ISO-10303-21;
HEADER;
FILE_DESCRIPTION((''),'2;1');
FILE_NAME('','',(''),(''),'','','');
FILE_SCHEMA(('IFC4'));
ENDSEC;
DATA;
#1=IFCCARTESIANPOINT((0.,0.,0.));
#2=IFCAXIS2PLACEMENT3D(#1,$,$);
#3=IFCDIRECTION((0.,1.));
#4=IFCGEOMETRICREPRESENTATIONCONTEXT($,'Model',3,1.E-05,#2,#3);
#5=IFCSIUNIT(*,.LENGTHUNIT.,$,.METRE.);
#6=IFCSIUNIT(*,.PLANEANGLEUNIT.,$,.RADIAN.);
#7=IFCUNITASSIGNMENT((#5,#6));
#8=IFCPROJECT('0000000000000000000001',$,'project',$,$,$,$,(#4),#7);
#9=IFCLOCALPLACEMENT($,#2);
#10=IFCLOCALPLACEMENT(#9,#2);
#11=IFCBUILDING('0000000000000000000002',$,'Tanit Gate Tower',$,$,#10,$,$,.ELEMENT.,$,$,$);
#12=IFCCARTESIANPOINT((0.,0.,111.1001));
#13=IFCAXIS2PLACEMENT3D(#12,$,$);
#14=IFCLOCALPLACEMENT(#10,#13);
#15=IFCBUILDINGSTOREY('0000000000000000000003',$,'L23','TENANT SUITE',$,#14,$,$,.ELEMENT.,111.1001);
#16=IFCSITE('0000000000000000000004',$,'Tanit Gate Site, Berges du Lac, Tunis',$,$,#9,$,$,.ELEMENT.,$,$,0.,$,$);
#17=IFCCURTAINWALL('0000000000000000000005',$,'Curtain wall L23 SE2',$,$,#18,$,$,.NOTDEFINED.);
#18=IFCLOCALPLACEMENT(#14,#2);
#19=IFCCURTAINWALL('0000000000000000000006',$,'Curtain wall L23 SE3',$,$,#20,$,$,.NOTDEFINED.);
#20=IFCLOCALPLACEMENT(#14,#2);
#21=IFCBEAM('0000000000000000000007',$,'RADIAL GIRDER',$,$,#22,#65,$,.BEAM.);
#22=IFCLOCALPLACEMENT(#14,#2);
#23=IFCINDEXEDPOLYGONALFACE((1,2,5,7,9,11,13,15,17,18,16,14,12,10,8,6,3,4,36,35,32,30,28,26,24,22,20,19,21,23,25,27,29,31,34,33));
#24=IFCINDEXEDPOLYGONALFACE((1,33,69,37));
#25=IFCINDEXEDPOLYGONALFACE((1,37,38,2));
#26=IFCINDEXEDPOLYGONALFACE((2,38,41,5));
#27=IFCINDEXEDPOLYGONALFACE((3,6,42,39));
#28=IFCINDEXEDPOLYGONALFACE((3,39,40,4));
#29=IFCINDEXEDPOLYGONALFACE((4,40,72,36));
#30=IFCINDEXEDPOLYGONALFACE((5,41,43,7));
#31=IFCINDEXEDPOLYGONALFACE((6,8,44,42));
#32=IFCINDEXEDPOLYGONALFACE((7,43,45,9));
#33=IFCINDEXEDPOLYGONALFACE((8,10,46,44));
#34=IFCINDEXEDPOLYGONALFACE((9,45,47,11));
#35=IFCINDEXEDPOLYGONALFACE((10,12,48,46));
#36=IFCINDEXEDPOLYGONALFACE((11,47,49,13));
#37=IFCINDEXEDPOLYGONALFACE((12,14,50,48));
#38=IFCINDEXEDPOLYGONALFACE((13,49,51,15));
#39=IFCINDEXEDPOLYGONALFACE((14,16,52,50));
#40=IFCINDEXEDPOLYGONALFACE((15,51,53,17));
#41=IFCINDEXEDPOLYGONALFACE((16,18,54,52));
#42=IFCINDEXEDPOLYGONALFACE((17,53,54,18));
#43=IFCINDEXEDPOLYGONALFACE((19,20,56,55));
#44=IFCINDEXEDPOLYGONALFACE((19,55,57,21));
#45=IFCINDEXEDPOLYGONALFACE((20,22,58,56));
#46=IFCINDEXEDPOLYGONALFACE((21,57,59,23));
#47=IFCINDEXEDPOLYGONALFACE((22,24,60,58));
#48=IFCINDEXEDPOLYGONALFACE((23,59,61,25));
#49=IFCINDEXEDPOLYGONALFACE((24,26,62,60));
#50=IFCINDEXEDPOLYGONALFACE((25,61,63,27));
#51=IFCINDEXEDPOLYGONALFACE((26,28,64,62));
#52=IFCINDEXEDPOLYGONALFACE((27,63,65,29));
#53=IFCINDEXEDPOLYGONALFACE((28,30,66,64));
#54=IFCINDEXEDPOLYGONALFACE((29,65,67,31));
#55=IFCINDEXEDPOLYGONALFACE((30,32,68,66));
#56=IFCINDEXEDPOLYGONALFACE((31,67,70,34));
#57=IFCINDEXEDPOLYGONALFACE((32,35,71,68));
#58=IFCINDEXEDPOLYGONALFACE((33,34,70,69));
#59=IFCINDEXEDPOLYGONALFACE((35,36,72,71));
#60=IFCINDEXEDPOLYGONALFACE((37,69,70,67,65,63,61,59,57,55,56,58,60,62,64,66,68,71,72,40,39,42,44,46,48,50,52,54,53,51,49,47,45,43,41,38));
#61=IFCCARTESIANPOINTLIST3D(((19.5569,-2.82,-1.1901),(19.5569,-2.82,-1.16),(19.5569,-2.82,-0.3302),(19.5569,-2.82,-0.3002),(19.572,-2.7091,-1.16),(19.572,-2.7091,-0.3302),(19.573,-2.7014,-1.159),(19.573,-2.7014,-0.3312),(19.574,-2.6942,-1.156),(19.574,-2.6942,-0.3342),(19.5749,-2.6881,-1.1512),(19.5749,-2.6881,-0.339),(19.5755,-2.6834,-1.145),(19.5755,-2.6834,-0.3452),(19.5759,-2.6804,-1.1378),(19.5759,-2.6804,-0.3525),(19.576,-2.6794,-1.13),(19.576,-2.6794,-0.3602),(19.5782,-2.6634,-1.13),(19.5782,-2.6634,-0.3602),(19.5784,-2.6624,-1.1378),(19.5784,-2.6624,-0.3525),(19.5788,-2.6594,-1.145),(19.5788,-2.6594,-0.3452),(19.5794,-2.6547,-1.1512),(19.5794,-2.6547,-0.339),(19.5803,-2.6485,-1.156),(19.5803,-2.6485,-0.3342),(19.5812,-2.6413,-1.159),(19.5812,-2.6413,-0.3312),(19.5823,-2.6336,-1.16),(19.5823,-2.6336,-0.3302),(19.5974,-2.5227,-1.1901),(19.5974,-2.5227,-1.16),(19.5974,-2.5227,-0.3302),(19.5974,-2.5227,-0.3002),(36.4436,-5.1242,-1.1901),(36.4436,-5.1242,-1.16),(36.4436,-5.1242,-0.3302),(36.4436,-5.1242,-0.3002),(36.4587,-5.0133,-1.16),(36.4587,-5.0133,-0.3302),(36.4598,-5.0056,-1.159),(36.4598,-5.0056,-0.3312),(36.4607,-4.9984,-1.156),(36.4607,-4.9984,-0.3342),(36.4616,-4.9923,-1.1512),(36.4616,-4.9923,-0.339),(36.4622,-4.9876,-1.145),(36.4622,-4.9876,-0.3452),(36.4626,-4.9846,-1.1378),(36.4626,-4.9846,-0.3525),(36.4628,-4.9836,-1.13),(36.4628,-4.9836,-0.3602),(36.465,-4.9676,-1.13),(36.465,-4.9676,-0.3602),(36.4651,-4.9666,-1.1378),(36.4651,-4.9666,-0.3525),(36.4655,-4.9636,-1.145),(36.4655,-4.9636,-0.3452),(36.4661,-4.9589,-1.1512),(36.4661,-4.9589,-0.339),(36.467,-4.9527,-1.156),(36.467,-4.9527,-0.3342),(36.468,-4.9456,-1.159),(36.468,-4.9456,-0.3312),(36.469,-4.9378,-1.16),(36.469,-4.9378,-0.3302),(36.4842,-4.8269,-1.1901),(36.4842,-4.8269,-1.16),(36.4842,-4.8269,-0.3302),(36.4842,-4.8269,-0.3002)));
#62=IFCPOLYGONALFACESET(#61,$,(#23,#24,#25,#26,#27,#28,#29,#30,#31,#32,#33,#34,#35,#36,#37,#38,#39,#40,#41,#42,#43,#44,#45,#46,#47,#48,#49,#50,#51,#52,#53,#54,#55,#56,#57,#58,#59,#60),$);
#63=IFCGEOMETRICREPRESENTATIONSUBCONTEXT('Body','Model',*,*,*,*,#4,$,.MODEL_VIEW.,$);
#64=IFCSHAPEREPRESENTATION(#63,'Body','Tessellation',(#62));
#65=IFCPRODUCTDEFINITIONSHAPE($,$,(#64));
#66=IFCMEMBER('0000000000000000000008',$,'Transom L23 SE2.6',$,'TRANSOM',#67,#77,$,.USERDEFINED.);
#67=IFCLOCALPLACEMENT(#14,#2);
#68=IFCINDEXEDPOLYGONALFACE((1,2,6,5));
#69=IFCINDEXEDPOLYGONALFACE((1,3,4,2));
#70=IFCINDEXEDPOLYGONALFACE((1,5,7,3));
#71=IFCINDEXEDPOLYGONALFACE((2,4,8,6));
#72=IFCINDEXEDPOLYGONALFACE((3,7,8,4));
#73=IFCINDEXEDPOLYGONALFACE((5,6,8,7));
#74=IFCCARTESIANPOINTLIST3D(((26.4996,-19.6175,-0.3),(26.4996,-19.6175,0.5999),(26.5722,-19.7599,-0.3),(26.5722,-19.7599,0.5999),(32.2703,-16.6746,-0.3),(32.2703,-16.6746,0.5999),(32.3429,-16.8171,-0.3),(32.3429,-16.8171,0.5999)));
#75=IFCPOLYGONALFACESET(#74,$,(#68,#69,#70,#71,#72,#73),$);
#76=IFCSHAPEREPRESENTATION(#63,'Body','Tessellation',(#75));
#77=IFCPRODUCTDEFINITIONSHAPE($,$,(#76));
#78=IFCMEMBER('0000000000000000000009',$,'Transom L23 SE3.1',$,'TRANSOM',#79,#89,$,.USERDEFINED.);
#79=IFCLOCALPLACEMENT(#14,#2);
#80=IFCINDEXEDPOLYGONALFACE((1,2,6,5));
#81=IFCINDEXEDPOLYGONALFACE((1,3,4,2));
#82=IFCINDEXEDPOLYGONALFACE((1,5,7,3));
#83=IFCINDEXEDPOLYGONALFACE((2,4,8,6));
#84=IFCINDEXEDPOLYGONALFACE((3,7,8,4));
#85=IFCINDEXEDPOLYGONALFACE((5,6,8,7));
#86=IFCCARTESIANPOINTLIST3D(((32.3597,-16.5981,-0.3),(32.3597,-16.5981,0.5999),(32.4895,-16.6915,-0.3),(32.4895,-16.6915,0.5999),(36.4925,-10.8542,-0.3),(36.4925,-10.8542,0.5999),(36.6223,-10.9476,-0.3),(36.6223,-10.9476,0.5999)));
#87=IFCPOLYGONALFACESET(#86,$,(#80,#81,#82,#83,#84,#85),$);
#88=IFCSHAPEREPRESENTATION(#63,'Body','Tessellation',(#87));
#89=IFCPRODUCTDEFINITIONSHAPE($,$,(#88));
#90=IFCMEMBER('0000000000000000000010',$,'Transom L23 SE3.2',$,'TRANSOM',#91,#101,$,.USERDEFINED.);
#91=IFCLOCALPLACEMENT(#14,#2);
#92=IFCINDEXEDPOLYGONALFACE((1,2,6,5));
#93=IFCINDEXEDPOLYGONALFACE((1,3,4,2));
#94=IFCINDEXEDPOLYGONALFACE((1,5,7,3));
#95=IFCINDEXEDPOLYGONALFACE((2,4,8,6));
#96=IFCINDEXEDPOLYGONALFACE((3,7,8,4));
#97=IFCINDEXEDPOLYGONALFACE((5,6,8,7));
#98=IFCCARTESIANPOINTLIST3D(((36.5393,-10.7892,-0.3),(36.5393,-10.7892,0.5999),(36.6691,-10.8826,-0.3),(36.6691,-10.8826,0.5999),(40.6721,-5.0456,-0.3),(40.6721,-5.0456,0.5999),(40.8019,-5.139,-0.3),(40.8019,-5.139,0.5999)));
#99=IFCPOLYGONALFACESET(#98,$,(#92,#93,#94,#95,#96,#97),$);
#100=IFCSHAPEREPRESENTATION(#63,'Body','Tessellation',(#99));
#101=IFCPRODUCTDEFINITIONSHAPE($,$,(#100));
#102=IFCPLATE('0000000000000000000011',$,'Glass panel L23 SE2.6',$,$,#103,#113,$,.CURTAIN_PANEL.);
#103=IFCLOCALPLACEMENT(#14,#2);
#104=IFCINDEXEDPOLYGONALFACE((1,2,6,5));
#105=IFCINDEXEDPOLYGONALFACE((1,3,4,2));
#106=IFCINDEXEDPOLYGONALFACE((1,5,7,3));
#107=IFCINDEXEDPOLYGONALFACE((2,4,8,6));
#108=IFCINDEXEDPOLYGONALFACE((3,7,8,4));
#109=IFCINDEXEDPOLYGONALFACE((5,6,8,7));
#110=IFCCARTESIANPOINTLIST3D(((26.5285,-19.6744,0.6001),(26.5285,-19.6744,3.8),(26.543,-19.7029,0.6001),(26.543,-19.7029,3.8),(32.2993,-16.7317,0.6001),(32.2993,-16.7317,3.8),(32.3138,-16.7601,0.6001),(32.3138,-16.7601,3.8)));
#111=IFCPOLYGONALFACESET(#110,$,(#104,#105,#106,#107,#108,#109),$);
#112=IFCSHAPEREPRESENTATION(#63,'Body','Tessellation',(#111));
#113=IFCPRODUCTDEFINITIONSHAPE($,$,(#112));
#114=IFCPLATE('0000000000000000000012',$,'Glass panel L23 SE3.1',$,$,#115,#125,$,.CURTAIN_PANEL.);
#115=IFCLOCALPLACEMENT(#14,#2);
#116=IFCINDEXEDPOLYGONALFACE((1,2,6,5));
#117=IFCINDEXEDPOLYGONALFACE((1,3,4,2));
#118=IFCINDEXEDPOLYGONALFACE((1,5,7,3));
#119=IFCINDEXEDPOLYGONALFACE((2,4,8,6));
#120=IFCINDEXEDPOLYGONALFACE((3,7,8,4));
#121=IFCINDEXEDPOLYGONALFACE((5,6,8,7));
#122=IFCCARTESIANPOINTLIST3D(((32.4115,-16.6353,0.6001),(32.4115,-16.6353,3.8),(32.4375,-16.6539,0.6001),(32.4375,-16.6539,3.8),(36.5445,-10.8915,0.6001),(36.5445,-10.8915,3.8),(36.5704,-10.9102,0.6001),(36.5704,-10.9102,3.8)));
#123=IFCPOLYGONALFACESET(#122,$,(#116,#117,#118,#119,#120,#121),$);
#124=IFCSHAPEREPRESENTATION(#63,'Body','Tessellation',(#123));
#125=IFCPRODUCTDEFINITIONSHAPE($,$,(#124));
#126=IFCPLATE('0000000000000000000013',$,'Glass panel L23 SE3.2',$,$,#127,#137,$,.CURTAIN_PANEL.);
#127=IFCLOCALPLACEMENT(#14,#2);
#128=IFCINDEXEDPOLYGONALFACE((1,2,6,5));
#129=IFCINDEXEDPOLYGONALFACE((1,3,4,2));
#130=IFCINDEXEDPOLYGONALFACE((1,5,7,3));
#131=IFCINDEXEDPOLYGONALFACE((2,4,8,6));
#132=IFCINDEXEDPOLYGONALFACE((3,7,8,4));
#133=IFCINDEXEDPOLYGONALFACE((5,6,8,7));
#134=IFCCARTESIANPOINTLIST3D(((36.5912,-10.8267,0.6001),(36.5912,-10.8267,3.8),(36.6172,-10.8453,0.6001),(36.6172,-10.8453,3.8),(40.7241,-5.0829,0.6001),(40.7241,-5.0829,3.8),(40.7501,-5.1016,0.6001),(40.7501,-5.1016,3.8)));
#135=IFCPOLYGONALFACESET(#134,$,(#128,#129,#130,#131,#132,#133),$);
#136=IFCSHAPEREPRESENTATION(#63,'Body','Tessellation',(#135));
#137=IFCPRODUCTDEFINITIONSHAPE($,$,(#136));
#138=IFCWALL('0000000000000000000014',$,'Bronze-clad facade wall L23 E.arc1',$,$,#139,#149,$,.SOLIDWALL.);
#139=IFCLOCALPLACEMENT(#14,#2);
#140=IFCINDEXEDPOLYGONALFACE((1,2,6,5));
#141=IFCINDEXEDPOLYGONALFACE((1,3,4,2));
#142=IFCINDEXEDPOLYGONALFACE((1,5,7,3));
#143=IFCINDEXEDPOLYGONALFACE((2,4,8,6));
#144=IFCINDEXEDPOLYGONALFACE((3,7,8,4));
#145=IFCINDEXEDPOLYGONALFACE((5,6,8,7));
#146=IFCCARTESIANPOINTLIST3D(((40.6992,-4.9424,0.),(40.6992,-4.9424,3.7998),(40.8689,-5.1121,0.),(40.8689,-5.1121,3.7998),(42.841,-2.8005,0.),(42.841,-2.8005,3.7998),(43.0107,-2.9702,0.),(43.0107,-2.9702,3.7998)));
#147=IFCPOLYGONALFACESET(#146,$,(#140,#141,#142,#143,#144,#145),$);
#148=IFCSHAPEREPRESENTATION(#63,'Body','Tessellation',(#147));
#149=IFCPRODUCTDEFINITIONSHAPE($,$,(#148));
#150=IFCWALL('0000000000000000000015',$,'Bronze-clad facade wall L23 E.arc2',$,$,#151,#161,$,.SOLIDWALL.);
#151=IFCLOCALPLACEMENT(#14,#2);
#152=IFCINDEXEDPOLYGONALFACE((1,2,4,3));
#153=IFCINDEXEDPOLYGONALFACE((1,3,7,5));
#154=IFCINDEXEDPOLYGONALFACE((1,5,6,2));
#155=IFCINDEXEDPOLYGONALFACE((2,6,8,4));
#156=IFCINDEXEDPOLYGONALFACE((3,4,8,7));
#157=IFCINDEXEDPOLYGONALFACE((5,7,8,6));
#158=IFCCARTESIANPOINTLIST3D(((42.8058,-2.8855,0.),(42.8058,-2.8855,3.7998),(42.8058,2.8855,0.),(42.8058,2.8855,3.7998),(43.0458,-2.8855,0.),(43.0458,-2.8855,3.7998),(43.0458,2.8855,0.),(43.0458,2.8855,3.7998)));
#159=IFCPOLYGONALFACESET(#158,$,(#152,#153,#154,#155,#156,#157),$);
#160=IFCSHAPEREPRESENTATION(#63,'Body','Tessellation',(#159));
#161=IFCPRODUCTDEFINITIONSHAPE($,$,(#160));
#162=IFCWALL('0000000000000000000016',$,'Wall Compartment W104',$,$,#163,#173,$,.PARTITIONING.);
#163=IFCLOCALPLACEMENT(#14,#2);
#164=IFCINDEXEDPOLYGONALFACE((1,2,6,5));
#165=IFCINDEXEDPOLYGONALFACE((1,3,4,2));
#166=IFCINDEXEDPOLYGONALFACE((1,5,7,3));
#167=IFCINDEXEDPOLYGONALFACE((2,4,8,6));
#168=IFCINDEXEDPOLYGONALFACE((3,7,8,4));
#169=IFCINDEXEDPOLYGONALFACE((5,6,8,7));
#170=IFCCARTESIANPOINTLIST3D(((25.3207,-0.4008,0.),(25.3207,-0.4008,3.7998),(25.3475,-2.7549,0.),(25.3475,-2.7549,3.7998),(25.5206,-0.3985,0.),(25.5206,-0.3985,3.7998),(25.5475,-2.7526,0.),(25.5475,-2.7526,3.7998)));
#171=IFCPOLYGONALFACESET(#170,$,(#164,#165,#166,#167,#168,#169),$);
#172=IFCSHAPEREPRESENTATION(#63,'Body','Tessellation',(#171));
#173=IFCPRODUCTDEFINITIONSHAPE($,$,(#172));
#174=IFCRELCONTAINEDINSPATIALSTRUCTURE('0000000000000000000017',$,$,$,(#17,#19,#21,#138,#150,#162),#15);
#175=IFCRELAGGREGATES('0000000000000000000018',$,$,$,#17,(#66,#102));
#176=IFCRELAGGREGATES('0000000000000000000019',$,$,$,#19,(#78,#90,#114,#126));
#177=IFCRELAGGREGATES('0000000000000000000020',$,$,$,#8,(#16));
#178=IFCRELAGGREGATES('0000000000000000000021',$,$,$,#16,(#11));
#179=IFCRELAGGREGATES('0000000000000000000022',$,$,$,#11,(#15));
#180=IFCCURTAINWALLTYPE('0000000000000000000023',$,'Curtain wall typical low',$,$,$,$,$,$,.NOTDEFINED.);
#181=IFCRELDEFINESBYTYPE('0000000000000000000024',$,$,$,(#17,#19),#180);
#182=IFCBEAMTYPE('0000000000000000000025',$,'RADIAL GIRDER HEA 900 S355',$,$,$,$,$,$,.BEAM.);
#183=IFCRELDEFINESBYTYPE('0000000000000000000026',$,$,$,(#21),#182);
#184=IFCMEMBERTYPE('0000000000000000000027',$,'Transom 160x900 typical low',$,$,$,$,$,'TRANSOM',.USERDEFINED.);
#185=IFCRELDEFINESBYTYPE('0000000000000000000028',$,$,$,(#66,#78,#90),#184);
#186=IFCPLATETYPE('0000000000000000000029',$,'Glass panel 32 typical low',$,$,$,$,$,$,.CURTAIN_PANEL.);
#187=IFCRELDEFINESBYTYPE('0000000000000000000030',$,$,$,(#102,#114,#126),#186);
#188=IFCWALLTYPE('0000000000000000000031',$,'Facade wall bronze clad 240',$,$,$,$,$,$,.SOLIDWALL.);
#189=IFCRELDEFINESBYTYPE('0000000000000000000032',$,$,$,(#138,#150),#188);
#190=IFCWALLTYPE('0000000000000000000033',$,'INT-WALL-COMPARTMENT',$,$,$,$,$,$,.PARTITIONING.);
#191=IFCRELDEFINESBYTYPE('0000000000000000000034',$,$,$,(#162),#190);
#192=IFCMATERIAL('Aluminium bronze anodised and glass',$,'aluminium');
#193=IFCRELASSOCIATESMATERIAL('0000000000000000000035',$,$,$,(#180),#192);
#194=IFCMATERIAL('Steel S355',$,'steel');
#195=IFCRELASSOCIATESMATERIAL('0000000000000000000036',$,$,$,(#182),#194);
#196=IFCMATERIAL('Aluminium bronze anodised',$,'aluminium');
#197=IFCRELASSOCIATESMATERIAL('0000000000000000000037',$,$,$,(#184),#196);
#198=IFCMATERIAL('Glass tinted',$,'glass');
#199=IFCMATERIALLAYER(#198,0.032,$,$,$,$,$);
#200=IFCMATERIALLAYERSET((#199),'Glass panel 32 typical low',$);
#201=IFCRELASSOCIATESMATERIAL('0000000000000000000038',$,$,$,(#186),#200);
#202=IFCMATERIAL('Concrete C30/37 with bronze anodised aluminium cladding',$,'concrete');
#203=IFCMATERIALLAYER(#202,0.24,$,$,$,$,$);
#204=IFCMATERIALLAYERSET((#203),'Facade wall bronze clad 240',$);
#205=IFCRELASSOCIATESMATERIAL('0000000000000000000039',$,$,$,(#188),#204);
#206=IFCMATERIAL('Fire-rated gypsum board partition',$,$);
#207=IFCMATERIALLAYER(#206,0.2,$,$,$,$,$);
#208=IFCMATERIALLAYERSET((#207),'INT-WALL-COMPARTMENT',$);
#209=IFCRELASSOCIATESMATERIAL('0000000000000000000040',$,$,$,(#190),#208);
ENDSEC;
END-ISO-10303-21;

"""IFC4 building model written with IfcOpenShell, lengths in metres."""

from ifc_helpers import new_model, si_unit, direction, frame, frame_2d, origin, origin_2d, place, context, subcontext, project, spatial, rectangle, i_section, extrude, material, layer, layer_set, material_profile, profile_set, type_object, element, aggregate, save


model = new_model("IFC4")

# Units and contexts
model_context = context("Model", 3, precision=1e-05, world=origin(), true_north=direction((0.0, 1.0)))
body_context = subcontext(model_context, "Body", "Model", "MODEL_VIEW")
ifc_project = project(units=[si_unit("LENGTHUNIT", "METRE"), si_unit("PLANEANGLEUNIT", "RADIAN")], contexts=[model_context])

# Site, building, storey
site_placement = place(None, origin())
site = spatial("IfcSite", under=ifc_project, at=site_placement, Name="Tanit Gate Site, Berges du Lac, Tunis", CompositionType="ELEMENT", RefElevation=0.0)
building_placement = place(site_placement, origin())
building = spatial("IfcBuilding", under=site, at=building_placement, Name="Tanit Gate Tower", CompositionType="ELEMENT")
storey_placement = place(building_placement, frame((0.0, 0.0, 111.1001)))
storey = spatial("IfcBuildingStorey", under=building, at=storey_placement, Name="L23", Description="TENANT SUITE", CompositionType="ELEMENT", Elevation=111.1001)

# Curtain wall
ifc_material_1 = material(Name="Aluminium bronze anodised and glass", Category="aluminium")
curtain_wall_type = type_object("IfcCurtainWallType", Name="Curtain wall typical low", PredefinedType="NOTDEFINED", material=ifc_material_1)
curtain_wall_1_placement = place(storey_placement, origin())
curtain_wall_1 = element("IfcCurtainWall", 1, at=curtain_wall_1_placement, inside=storey, type_object=curtain_wall_type, Name="Curtain wall L23 SE2", PredefinedType="NOTDEFINED")

# Curtain wall
curtain_wall_2_placement = place(storey_placement, origin())
curtain_wall_2 = element("IfcCurtainWall", 2, at=curtain_wall_2_placement, inside=storey, type_object=curtain_wall_type, Name="Curtain wall L23 SE3", PredefinedType="NOTDEFINED")

# Beam
ifc_material_2 = material(Name="Steel S355", Category="steel")
ifc_material_profile_1 = material_profile(ifc_material_2, i_section(OverallWidth=0.3, OverallDepth=0.8899, WebThickness=0.0161, FlangeThickness=0.03, FilletRadius=0.03, at=origin_2d()), Name="HEA 900")
ifc_profile_set_1 = profile_set([ifc_material_profile_1], Name="Steel S355")
beam_type_1 = type_object("IfcBeamType", Name="RADIAL GIRDER HEA 900 S355", PredefinedType="BEAM", material=ifc_profile_set_1)
beam_1_placement = place(storey_placement, frame((36.4639, -4.9756, -0.7451), z_axis=(-0.990819, 0.135198, 0.0), x_axis=(-0.135198, -0.990819, 0.0)))
element("IfcBeam", 3, at=beam_1_placement, inside=storey, type_object=beam_type_1, Name="RADIAL GIRDER", PredefinedType="BEAM", context=body_context, shape_type="SweptSolid", body=[
    extrude(i_section(OverallWidth=0.3, OverallDepth=0.8899, WebThickness=0.0161, FlangeThickness=0.03, FilletRadius=0.03, at=origin_2d()), origin(), (0.0, 0.0, 1.0), 17.0432),
])

# Members
ifc_material_3 = material(Name="Aluminium bronze anodised", Category="aluminium")
ifc_material_profile_2 = material_profile(ifc_material_3, rectangle(XDim=0.1599, YDim=0.8999, at=origin_2d()), Name="160x900 bronze transom")
ifc_profile_set_2 = profile_set([ifc_material_profile_2], Name="Aluminium bronze anodised")
member_type_1 = type_object("IfcMemberType", Name="Transom 160x900 typical low", ElementType="TRANSOM", PredefinedType="USERDEFINED", material=ifc_profile_set_2)
member_1_placement = place(storey_placement, frame((26.5359, -19.6887, 0.1499), z_axis=(0.890849, 0.4543, 0.0), x_axis=(-0.4543, 0.890849, 0.0)))
member_1 = element("IfcMember", 4, at=member_1_placement, type_object=member_type_1, Name="Transom L23 SE2.6", ObjectType="TRANSOM", PredefinedType="USERDEFINED", context=body_context, shape_type="SweptSolid", body=[
    extrude(rectangle(XDim=0.1599, YDim=0.8999, at=origin_2d()), origin(), (0.0, 0.0, 1.0), 6.4778),
])
member_2_placement = place(storey_placement, frame((32.4246, -16.6448, 0.1499), z_axis=(0.584045, 0.811721, 0.0), x_axis=(-0.811721, 0.584045, 0.0)))
member_2 = element("IfcMember", 5, at=member_2_placement, type_object=member_type_1, Name="Transom L23 SE3.1", ObjectType="TRANSOM", PredefinedType="USERDEFINED", context=body_context, shape_type="SweptSolid", body=[
    extrude(rectangle(XDim=0.1599, YDim=0.8999, at=origin_2d()), origin(), (0.0, 0.0, 1.0), 7.0762),
])
member_3_placement = place(storey_placement, frame((36.6042, -10.8359, 0.1499), z_axis=(0.584061, 0.81171, 0.0), x_axis=(-0.81171, 0.584061, 0.0)))
member_3 = element("IfcMember", 6, at=member_3_placement, type_object=member_type_1, Name="Transom L23 SE3.2", ObjectType="TRANSOM", PredefinedType="USERDEFINED", context=body_context, shape_type="SweptSolid", body=[
    extrude(rectangle(XDim=0.1599, YDim=0.8999, at=origin_2d()), origin(), (0.0, 0.0, 1.0), 7.0759),
])

# Plates
ifc_material_4 = material(Name="Glass tinted", Category="glass")
ifc_layer_1 = layer(ifc_material_4, 0.032)
ifc_layer_set_1 = layer_set([ifc_layer_1], Name="Glass panel 32 typical low")
plate_type = type_object("IfcPlateType", Name="Glass panel 32 typical low", PredefinedType="CURTAIN_PANEL", material=ifc_layer_set_1)
plate_1_placement = place(storey_placement, frame((29.4211, -18.2173, 0.6001), z_axis=(0.0, 0.0, 1.0), x_axis=(0.890855, 0.454288, 0.0)))
plate_1 = element("IfcPlate", 7, at=plate_1_placement, type_object=plate_type, Name="Glass panel L23 SE2.6", PredefinedType="CURTAIN_PANEL", context=body_context, shape_type="SweptSolid", body=[
    extrude(rectangle(XDim=6.4778, YDim=0.032, at=origin_2d()), origin(), (0.0, 0.0, 1.0), 3.2),
])
aggregate(curtain_wall_1, [member_1, plate_1])
plate_2_placement = place(storey_placement, frame((34.491, -13.7727, 0.6001), z_axis=(0.0, 0.0, 1.0), x_axis=(0.584063, 0.811708, 0.0)))
plate_2 = element("IfcPlate", 8, at=plate_2_placement, type_object=plate_type, Name="Glass panel L23 SE3.1", PredefinedType="CURTAIN_PANEL", context=body_context, shape_type="SweptSolid", body=[
    extrude(rectangle(XDim=7.0762, YDim=0.032, at=origin_2d()), origin(), (0.0, 0.0, 1.0), 3.2),
])
plate_3_placement = place(storey_placement, frame((38.6707, -7.9641, 0.6001), z_axis=(0.0, 0.0, 1.0), x_axis=(0.584063, 0.811708, 0.0)))
plate_3 = element("IfcPlate", 9, at=plate_3_placement, type_object=plate_type, Name="Glass panel L23 SE3.2", PredefinedType="CURTAIN_PANEL", context=body_context, shape_type="SweptSolid", body=[
    extrude(rectangle(XDim=7.0762, YDim=0.032, at=origin_2d()), origin(), (0.0, 0.0, 1.0), 3.2),
])
aggregate(curtain_wall_2, [member_2, member_3, plate_2, plate_3])

# Walls
ifc_material_5 = material(Name="Concrete C30/37 with bronze anodised aluminium cladding", Category="concrete")
ifc_layer_2 = layer(ifc_material_5, 0.24)
ifc_layer_set_2 = layer_set([ifc_layer_2], Name="Facade wall bronze clad 240")
wall_type_1 = type_object("IfcWallType", Name="Facade wall bronze clad 240", PredefinedType="SOLIDWALL", material=ifc_layer_set_2)
wall_1_placement = place(storey_placement, frame((40.7839, -5.0273, 0.0), z_axis=(0.0, 0.0, 1.0), x_axis=(0.707107, 0.707107, 0.0)))
element("IfcWall", 10, at=wall_1_placement, inside=storey, type_object=wall_type_1, Name="Bronze-clad facade wall L23 E.arc1", PredefinedType="SOLIDWALL", context=body_context, shape_type="SweptSolid", body=[
    extrude(rectangle(XDim=3.0291, YDim=0.24, at=frame_2d((1.5146, 0.0))), origin(), (0.0, 0.0, 1.0), 3.7998),
])
wall_2_placement = place(storey_placement, frame((42.9258, -2.8855, 0.0), z_axis=(0.0, 0.0, 1.0), x_axis=(0.0, 1.0, 0.0)))
element("IfcWall", 11, at=wall_2_placement, inside=storey, type_object=wall_type_1, Name="Bronze-clad facade wall L23 E.arc2", PredefinedType="SOLIDWALL", context=body_context, shape_type="SweptSolid", body=[
    extrude(rectangle(XDim=5.771, YDim=0.24, at=frame_2d((2.8855, 0.0))), origin(), (0.0, 0.0, 1.0), 3.7998),
])
ifc_material_6 = material(Name="Fire-rated gypsum board partition")
ifc_layer_3 = layer(ifc_material_6, 0.2)
ifc_layer_set_3 = layer_set([ifc_layer_3], Name="INT-WALL-COMPARTMENT")
wall_type_2 = type_object("IfcWallType", Name="INT-WALL-COMPARTMENT", PredefinedType="PARTITIONING", material=ifc_layer_set_3)
wall_3_placement = place(storey_placement, frame((25.4475, -2.7539, 0.0), z_axis=(0.0, 0.0, 1.0), x_axis=(-0.011408, 0.999935, 0.0)))
element("IfcWall", 12, at=wall_3_placement, inside=storey, type_object=wall_type_2, Name="Wall Compartment W104", PredefinedType="PARTITIONING", context=body_context, shape_type="SweptSolid", body=[
    extrude(rectangle(XDim=2.3542, YDim=0.2, at=frame_2d((1.1772, 0.0))), origin(), (0.0, 0.0, 1.0), 3.7998),
])

save(model, "model.ifc")
